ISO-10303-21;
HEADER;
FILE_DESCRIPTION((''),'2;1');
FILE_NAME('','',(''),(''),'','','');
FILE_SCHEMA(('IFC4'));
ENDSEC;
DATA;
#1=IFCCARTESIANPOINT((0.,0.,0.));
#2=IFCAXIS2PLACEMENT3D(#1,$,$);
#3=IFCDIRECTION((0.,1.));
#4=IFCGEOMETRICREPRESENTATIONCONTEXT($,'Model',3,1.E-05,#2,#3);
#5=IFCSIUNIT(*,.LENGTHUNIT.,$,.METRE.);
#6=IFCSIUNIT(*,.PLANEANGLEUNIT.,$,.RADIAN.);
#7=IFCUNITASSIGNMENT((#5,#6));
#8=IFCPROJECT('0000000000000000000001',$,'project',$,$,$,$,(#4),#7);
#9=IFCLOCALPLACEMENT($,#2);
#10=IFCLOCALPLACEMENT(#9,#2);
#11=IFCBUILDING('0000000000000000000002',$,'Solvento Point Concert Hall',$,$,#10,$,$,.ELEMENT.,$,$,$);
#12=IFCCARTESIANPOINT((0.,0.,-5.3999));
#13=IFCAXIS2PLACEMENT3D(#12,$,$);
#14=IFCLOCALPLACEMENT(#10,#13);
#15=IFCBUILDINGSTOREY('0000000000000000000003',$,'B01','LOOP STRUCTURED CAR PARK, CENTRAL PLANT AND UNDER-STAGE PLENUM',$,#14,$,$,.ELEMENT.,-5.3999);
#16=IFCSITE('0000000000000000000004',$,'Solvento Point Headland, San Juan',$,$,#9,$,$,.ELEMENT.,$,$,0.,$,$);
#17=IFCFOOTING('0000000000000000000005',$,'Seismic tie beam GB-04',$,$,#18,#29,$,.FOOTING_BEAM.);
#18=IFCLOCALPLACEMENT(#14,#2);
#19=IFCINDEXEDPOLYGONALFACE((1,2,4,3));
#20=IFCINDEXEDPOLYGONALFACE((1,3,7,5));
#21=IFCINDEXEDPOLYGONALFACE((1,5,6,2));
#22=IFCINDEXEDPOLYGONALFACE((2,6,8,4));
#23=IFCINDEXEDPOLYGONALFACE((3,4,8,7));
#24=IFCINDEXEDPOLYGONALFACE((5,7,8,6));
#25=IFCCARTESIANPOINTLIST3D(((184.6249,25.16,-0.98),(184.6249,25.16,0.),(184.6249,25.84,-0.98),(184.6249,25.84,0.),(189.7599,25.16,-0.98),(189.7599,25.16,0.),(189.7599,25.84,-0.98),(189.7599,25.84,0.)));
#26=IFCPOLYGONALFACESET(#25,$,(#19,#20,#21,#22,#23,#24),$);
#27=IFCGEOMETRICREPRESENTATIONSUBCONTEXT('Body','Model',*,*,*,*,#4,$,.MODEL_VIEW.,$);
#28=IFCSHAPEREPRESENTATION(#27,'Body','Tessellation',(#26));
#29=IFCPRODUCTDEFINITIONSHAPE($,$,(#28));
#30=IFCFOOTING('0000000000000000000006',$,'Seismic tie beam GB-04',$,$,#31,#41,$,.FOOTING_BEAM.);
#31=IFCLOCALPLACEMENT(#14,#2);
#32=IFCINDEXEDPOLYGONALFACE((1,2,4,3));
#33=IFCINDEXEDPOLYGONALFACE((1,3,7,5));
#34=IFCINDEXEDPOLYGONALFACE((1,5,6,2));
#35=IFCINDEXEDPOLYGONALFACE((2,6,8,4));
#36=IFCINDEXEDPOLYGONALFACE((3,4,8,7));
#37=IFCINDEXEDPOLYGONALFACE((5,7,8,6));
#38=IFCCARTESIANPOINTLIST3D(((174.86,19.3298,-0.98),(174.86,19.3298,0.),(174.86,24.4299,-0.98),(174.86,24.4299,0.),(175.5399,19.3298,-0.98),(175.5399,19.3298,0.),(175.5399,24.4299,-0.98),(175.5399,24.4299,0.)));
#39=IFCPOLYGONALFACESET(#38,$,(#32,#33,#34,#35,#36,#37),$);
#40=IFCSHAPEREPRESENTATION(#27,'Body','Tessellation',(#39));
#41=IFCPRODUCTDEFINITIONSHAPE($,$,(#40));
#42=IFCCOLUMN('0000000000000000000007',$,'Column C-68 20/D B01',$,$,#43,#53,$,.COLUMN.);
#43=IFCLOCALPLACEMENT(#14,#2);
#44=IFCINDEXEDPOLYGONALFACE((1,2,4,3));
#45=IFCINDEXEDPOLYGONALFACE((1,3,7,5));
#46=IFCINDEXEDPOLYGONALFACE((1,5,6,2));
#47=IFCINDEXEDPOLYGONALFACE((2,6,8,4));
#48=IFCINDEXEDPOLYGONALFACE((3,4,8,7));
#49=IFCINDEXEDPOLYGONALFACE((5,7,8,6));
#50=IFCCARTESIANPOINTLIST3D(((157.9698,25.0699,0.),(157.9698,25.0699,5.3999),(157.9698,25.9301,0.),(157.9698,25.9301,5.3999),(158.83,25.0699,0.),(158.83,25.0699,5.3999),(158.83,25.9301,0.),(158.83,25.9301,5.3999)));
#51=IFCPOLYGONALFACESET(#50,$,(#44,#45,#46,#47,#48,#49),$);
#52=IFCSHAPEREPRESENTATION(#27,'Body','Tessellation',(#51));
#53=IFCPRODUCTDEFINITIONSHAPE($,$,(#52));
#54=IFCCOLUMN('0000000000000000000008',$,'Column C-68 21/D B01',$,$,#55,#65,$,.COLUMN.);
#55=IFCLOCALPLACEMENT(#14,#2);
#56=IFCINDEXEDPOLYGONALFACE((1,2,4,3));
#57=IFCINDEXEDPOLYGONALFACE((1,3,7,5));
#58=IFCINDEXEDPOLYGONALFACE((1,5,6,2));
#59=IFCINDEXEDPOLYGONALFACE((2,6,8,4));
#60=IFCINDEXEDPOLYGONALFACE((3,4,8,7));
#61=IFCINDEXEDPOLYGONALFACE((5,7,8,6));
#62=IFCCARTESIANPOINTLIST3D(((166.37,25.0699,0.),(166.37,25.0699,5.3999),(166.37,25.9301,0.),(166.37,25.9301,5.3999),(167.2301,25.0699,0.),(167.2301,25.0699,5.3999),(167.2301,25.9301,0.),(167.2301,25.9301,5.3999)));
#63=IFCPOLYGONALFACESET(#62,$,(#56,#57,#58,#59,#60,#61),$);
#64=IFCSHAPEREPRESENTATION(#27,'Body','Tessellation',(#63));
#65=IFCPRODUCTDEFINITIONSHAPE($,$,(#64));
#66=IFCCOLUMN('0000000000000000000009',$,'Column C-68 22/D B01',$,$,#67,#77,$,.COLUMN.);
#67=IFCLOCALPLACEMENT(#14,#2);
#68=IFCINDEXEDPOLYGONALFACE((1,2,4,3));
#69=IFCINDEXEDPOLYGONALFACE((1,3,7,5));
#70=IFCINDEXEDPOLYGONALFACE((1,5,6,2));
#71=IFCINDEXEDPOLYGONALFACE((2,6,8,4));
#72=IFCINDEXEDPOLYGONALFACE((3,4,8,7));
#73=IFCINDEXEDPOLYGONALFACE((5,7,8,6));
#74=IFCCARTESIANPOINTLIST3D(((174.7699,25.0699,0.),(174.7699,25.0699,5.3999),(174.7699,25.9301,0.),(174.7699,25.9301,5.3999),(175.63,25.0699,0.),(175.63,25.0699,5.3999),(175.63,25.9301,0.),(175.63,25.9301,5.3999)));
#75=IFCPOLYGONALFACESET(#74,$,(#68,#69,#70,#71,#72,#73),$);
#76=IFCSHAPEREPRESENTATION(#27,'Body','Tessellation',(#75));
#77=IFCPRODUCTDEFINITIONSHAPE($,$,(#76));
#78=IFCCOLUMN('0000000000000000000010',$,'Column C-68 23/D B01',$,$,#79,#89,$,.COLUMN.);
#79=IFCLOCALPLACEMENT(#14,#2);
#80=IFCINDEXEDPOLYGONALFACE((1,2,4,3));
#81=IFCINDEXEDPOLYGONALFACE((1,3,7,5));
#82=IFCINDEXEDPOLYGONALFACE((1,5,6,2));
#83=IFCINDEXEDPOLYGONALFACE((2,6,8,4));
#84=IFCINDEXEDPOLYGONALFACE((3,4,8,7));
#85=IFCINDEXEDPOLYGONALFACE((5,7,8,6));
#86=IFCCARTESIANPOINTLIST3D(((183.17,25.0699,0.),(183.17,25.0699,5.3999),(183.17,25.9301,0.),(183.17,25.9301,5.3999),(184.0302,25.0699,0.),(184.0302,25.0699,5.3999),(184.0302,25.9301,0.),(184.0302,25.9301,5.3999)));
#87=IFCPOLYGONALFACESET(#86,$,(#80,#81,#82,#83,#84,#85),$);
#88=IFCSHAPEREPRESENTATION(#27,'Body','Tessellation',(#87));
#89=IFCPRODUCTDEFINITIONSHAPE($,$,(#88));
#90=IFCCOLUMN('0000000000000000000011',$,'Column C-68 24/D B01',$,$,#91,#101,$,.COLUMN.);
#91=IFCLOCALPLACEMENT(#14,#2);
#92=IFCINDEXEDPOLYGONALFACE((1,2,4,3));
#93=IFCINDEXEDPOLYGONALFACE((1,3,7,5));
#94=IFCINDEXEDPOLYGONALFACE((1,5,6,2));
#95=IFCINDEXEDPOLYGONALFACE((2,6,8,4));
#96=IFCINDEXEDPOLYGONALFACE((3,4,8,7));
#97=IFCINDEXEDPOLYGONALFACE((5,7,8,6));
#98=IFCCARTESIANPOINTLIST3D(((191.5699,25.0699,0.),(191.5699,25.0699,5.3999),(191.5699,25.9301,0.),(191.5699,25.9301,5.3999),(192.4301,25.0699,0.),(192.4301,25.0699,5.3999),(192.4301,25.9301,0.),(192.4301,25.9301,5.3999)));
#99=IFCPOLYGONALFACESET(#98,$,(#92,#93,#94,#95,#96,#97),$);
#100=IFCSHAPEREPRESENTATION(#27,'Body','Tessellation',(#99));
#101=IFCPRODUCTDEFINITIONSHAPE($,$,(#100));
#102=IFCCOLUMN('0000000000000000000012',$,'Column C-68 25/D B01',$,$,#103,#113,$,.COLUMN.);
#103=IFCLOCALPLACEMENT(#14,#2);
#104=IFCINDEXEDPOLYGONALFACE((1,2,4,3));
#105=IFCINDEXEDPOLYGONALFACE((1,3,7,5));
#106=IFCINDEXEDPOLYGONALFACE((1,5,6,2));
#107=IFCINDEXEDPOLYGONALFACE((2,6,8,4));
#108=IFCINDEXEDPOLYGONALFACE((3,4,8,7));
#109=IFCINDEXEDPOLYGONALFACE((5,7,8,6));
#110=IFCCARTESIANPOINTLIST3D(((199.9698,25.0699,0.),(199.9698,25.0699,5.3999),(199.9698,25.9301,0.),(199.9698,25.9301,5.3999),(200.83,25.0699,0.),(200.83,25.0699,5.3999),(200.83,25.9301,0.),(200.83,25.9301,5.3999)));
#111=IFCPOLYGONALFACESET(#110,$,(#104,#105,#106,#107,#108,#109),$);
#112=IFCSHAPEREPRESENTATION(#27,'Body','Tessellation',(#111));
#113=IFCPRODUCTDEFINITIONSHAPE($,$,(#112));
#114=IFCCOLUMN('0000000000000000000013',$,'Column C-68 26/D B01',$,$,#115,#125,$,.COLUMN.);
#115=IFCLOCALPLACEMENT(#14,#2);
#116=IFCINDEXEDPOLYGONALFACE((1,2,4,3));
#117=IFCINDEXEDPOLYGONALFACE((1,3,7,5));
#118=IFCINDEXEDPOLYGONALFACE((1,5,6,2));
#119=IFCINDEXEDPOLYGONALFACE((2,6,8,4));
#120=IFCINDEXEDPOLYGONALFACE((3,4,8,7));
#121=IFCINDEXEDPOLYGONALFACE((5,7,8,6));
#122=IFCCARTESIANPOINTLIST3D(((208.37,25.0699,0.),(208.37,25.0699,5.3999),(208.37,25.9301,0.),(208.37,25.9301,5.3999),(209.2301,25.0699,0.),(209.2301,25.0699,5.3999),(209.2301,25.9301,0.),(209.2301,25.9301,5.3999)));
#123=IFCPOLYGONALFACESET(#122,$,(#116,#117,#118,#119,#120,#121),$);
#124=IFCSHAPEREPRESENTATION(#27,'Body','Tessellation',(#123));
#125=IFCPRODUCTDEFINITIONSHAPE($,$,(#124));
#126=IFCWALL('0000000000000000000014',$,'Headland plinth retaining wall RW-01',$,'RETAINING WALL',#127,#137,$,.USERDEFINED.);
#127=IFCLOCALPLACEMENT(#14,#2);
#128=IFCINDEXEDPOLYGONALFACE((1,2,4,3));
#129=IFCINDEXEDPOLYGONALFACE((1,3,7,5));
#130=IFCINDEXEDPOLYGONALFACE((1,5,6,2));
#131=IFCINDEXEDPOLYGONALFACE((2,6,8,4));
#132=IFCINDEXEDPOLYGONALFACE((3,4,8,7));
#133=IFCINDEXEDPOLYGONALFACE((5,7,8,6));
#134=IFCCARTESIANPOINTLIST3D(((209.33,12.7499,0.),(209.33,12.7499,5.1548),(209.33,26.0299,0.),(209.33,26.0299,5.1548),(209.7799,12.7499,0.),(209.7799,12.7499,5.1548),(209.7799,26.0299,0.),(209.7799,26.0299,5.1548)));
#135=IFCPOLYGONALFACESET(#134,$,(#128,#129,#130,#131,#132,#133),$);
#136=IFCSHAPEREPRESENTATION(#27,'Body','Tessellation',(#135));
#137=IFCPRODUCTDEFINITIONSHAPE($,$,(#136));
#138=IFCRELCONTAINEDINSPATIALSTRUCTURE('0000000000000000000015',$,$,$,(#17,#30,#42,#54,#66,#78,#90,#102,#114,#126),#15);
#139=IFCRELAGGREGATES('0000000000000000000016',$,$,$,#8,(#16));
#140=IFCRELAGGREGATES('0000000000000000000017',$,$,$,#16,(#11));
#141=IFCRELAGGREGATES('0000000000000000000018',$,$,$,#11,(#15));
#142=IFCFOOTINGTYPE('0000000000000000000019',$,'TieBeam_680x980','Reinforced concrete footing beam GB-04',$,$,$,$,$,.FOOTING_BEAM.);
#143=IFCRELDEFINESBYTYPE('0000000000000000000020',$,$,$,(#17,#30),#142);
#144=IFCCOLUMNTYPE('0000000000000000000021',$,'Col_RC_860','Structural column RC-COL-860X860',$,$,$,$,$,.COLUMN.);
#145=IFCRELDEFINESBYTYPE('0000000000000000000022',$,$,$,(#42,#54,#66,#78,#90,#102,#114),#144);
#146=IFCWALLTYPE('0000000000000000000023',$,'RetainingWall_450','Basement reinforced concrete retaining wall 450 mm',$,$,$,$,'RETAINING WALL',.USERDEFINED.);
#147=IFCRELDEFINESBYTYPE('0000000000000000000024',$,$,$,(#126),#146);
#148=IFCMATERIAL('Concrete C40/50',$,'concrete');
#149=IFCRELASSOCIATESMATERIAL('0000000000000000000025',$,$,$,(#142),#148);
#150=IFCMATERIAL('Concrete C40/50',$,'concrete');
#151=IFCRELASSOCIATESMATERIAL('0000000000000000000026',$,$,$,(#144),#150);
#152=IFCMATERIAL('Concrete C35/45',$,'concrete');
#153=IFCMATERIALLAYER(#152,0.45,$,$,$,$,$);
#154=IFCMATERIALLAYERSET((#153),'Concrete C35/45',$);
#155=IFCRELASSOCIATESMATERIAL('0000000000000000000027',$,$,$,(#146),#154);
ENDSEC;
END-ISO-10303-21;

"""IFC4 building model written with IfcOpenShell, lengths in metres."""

from ifc_helpers import new_model, si_unit, direction, frame, frame_2d, origin, origin_2d, place, context, subcontext, project, spatial, rectangle, extrude, material, layer, layer_set, material_profile, profile_set, type_object, element, save


model = new_model("IFC4")

# Units and contexts
model_context = context("Model", 3, precision=1e-05, world=origin(), true_north=direction((0.0, 1.0)))
body_context = subcontext(model_context, "Body", "Model", "MODEL_VIEW")
ifc_project = project(units=[si_unit("LENGTHUNIT", "METRE"), si_unit("PLANEANGLEUNIT", "RADIAN")], contexts=[model_context])

# Site, building, storey
site_placement = place(None, origin())
site = spatial("IfcSite", under=ifc_project, at=site_placement, Name="Solvento Point Headland, San Juan", CompositionType="ELEMENT", RefElevation=0.0)
building_placement = place(site_placement, origin())
building = spatial("IfcBuilding", under=site, at=building_placement, Name="Solvento Point Concert Hall", CompositionType="ELEMENT")
storey_placement = place(building_placement, frame((0.0, 0.0, -5.3999)))
storey = spatial("IfcBuildingStorey", under=building, at=storey_placement, Name="B01", Description="LOOP STRUCTURED CAR PARK, CENTRAL PLANT AND UNDER-STAGE PLENUM", CompositionType="ELEMENT", Elevation=-5.3999)

# Footings
ifc_material_1 = material(Name="Concrete C40/50", Category="concrete")
footing_type_1 = type_object("IfcFootingType", Name="TieBeam_680x980", Description="Reinforced concrete footing beam GB-04", PredefinedType="FOOTING_BEAM", material=ifc_material_1)
footing_1_placement = place(storey_placement, frame((187.1924, 25.5, -0.98), z_axis=(0.0, 0.0, 1.0), x_axis=(1.0, 0.0, 0.0)))
element("IfcFooting", 1, at=footing_1_placement, inside=storey, type_object=footing_type_1, Name="Seismic tie beam GB-04", PredefinedType="FOOTING_BEAM", context=body_context, shape_type="SweptSolid", body=[
    extrude(rectangle(XDim=5.135, YDim=0.6799, at=origin_2d()), origin(), (0.0, 0.0, 1.0), 0.98),
])
footing_2_placement = place(storey_placement, frame((175.2, 21.8799, -0.98), z_axis=(0.0, 0.0, 1.0), x_axis=(0.0, 1.0, 0.0)))
element("IfcFooting", 2, at=footing_2_placement, inside=storey, type_object=footing_type_1, Name="Seismic tie beam GB-04", PredefinedType="FOOTING_BEAM", context=body_context, shape_type="SweptSolid", body=[
    extrude(rectangle(XDim=5.1001, YDim=0.6799, at=origin_2d()), origin(), (0.0, 0.0, 1.0), 0.98),
])

# Columns
ifc_material_2 = material(Name="Concrete C40/50", Category="concrete")
ifc_material_profile_1 = material_profile(ifc_material_2, rectangle(XDim=0.8601, YDim=0.8601, at=origin_2d()), Name="RC-COL-860X860")
ifc_profile_set_1 = profile_set([ifc_material_profile_1], Name="Concrete C40/50")
column_type = type_object("IfcColumnType", Name="Col_RC_860", Description="Structural column RC-COL-860X860", PredefinedType="COLUMN", material=ifc_profile_set_1)
for number, where, z_axis, x_axis, name in (
    (3, (158.3999, 25.5, 0.0), (0.0, 0.0, 1.0), (1.0, 0.0, 0.0), "Column C-68 20/D B01"),
    (4, (166.8, 25.5, 0.0), (0.0, 0.0, 1.0), (1.0, 0.0, 0.0), "Column C-68 21/D B01"),
    (5, (175.2, 25.5, 0.0), (0.0, 0.0, 1.0), (1.0, 0.0, 0.0), "Column C-68 22/D B01"),
    (6, (183.6001, 25.5, 0.0), (0.0, 0.0, 1.0), (1.0, 0.0, 0.0), "Column C-68 23/D B01"),
    (7, (192.0, 25.5, 0.0), (0.0, 0.0, 1.0), (1.0, 0.0, 0.0), "Column C-68 24/D B01"),
    (8, (200.3999, 25.5, 0.0), (0.0, 0.0, 1.0), (1.0, 0.0, 0.0), "Column C-68 25/D B01"),
    (9, (208.8, 25.5, 0.0), (0.0, 0.0, 1.0), (1.0, 0.0, 0.0), "Column C-68 26/D B01"),
):
    element("IfcColumn", number, at=place(storey_placement, frame(where, z_axis=z_axis, x_axis=x_axis)), inside=storey, type_object=column_type, Name=name, PredefinedType="COLUMN", context=body_context, shape_type="SweptSolid", body=[
        extrude(rectangle(XDim=0.8601, YDim=0.8601, at=origin_2d()), origin(), (0.0, 0.0, 1.0), 5.3999),
    ])

# Wall
ifc_material_3 = material(Name="Concrete C35/45", Category="concrete")
ifc_layer = layer(ifc_material_3, 0.45)
ifc_layer_set = layer_set([ifc_layer], Name="Concrete C35/45")
wall_type = type_object("IfcWallType", Name="RetainingWall_450", Description="Basement reinforced concrete retaining wall 450 mm", ElementType="RETAINING WALL", PredefinedType="USERDEFINED", material=ifc_layer_set)
wall_placement = place(storey_placement, frame((209.5549, 26.03, 0.0), z_axis=(0.0, 0.0, 1.0), x_axis=(0.0, -1.0, 0.0)))
element("IfcWall", 10, at=wall_placement, inside=storey, type_object=wall_type, Name="Headland plinth retaining wall RW-01", ObjectType="RETAINING WALL", PredefinedType="USERDEFINED", context=body_context, shape_type="SweptSolid", body=[
    extrude(rectangle(XDim=13.28, YDim=0.45, at=frame_2d((6.6401, 0.0))), origin(), (0.0, 0.0, 1.0), 5.1548),
])

save(model, "model.ifc")
